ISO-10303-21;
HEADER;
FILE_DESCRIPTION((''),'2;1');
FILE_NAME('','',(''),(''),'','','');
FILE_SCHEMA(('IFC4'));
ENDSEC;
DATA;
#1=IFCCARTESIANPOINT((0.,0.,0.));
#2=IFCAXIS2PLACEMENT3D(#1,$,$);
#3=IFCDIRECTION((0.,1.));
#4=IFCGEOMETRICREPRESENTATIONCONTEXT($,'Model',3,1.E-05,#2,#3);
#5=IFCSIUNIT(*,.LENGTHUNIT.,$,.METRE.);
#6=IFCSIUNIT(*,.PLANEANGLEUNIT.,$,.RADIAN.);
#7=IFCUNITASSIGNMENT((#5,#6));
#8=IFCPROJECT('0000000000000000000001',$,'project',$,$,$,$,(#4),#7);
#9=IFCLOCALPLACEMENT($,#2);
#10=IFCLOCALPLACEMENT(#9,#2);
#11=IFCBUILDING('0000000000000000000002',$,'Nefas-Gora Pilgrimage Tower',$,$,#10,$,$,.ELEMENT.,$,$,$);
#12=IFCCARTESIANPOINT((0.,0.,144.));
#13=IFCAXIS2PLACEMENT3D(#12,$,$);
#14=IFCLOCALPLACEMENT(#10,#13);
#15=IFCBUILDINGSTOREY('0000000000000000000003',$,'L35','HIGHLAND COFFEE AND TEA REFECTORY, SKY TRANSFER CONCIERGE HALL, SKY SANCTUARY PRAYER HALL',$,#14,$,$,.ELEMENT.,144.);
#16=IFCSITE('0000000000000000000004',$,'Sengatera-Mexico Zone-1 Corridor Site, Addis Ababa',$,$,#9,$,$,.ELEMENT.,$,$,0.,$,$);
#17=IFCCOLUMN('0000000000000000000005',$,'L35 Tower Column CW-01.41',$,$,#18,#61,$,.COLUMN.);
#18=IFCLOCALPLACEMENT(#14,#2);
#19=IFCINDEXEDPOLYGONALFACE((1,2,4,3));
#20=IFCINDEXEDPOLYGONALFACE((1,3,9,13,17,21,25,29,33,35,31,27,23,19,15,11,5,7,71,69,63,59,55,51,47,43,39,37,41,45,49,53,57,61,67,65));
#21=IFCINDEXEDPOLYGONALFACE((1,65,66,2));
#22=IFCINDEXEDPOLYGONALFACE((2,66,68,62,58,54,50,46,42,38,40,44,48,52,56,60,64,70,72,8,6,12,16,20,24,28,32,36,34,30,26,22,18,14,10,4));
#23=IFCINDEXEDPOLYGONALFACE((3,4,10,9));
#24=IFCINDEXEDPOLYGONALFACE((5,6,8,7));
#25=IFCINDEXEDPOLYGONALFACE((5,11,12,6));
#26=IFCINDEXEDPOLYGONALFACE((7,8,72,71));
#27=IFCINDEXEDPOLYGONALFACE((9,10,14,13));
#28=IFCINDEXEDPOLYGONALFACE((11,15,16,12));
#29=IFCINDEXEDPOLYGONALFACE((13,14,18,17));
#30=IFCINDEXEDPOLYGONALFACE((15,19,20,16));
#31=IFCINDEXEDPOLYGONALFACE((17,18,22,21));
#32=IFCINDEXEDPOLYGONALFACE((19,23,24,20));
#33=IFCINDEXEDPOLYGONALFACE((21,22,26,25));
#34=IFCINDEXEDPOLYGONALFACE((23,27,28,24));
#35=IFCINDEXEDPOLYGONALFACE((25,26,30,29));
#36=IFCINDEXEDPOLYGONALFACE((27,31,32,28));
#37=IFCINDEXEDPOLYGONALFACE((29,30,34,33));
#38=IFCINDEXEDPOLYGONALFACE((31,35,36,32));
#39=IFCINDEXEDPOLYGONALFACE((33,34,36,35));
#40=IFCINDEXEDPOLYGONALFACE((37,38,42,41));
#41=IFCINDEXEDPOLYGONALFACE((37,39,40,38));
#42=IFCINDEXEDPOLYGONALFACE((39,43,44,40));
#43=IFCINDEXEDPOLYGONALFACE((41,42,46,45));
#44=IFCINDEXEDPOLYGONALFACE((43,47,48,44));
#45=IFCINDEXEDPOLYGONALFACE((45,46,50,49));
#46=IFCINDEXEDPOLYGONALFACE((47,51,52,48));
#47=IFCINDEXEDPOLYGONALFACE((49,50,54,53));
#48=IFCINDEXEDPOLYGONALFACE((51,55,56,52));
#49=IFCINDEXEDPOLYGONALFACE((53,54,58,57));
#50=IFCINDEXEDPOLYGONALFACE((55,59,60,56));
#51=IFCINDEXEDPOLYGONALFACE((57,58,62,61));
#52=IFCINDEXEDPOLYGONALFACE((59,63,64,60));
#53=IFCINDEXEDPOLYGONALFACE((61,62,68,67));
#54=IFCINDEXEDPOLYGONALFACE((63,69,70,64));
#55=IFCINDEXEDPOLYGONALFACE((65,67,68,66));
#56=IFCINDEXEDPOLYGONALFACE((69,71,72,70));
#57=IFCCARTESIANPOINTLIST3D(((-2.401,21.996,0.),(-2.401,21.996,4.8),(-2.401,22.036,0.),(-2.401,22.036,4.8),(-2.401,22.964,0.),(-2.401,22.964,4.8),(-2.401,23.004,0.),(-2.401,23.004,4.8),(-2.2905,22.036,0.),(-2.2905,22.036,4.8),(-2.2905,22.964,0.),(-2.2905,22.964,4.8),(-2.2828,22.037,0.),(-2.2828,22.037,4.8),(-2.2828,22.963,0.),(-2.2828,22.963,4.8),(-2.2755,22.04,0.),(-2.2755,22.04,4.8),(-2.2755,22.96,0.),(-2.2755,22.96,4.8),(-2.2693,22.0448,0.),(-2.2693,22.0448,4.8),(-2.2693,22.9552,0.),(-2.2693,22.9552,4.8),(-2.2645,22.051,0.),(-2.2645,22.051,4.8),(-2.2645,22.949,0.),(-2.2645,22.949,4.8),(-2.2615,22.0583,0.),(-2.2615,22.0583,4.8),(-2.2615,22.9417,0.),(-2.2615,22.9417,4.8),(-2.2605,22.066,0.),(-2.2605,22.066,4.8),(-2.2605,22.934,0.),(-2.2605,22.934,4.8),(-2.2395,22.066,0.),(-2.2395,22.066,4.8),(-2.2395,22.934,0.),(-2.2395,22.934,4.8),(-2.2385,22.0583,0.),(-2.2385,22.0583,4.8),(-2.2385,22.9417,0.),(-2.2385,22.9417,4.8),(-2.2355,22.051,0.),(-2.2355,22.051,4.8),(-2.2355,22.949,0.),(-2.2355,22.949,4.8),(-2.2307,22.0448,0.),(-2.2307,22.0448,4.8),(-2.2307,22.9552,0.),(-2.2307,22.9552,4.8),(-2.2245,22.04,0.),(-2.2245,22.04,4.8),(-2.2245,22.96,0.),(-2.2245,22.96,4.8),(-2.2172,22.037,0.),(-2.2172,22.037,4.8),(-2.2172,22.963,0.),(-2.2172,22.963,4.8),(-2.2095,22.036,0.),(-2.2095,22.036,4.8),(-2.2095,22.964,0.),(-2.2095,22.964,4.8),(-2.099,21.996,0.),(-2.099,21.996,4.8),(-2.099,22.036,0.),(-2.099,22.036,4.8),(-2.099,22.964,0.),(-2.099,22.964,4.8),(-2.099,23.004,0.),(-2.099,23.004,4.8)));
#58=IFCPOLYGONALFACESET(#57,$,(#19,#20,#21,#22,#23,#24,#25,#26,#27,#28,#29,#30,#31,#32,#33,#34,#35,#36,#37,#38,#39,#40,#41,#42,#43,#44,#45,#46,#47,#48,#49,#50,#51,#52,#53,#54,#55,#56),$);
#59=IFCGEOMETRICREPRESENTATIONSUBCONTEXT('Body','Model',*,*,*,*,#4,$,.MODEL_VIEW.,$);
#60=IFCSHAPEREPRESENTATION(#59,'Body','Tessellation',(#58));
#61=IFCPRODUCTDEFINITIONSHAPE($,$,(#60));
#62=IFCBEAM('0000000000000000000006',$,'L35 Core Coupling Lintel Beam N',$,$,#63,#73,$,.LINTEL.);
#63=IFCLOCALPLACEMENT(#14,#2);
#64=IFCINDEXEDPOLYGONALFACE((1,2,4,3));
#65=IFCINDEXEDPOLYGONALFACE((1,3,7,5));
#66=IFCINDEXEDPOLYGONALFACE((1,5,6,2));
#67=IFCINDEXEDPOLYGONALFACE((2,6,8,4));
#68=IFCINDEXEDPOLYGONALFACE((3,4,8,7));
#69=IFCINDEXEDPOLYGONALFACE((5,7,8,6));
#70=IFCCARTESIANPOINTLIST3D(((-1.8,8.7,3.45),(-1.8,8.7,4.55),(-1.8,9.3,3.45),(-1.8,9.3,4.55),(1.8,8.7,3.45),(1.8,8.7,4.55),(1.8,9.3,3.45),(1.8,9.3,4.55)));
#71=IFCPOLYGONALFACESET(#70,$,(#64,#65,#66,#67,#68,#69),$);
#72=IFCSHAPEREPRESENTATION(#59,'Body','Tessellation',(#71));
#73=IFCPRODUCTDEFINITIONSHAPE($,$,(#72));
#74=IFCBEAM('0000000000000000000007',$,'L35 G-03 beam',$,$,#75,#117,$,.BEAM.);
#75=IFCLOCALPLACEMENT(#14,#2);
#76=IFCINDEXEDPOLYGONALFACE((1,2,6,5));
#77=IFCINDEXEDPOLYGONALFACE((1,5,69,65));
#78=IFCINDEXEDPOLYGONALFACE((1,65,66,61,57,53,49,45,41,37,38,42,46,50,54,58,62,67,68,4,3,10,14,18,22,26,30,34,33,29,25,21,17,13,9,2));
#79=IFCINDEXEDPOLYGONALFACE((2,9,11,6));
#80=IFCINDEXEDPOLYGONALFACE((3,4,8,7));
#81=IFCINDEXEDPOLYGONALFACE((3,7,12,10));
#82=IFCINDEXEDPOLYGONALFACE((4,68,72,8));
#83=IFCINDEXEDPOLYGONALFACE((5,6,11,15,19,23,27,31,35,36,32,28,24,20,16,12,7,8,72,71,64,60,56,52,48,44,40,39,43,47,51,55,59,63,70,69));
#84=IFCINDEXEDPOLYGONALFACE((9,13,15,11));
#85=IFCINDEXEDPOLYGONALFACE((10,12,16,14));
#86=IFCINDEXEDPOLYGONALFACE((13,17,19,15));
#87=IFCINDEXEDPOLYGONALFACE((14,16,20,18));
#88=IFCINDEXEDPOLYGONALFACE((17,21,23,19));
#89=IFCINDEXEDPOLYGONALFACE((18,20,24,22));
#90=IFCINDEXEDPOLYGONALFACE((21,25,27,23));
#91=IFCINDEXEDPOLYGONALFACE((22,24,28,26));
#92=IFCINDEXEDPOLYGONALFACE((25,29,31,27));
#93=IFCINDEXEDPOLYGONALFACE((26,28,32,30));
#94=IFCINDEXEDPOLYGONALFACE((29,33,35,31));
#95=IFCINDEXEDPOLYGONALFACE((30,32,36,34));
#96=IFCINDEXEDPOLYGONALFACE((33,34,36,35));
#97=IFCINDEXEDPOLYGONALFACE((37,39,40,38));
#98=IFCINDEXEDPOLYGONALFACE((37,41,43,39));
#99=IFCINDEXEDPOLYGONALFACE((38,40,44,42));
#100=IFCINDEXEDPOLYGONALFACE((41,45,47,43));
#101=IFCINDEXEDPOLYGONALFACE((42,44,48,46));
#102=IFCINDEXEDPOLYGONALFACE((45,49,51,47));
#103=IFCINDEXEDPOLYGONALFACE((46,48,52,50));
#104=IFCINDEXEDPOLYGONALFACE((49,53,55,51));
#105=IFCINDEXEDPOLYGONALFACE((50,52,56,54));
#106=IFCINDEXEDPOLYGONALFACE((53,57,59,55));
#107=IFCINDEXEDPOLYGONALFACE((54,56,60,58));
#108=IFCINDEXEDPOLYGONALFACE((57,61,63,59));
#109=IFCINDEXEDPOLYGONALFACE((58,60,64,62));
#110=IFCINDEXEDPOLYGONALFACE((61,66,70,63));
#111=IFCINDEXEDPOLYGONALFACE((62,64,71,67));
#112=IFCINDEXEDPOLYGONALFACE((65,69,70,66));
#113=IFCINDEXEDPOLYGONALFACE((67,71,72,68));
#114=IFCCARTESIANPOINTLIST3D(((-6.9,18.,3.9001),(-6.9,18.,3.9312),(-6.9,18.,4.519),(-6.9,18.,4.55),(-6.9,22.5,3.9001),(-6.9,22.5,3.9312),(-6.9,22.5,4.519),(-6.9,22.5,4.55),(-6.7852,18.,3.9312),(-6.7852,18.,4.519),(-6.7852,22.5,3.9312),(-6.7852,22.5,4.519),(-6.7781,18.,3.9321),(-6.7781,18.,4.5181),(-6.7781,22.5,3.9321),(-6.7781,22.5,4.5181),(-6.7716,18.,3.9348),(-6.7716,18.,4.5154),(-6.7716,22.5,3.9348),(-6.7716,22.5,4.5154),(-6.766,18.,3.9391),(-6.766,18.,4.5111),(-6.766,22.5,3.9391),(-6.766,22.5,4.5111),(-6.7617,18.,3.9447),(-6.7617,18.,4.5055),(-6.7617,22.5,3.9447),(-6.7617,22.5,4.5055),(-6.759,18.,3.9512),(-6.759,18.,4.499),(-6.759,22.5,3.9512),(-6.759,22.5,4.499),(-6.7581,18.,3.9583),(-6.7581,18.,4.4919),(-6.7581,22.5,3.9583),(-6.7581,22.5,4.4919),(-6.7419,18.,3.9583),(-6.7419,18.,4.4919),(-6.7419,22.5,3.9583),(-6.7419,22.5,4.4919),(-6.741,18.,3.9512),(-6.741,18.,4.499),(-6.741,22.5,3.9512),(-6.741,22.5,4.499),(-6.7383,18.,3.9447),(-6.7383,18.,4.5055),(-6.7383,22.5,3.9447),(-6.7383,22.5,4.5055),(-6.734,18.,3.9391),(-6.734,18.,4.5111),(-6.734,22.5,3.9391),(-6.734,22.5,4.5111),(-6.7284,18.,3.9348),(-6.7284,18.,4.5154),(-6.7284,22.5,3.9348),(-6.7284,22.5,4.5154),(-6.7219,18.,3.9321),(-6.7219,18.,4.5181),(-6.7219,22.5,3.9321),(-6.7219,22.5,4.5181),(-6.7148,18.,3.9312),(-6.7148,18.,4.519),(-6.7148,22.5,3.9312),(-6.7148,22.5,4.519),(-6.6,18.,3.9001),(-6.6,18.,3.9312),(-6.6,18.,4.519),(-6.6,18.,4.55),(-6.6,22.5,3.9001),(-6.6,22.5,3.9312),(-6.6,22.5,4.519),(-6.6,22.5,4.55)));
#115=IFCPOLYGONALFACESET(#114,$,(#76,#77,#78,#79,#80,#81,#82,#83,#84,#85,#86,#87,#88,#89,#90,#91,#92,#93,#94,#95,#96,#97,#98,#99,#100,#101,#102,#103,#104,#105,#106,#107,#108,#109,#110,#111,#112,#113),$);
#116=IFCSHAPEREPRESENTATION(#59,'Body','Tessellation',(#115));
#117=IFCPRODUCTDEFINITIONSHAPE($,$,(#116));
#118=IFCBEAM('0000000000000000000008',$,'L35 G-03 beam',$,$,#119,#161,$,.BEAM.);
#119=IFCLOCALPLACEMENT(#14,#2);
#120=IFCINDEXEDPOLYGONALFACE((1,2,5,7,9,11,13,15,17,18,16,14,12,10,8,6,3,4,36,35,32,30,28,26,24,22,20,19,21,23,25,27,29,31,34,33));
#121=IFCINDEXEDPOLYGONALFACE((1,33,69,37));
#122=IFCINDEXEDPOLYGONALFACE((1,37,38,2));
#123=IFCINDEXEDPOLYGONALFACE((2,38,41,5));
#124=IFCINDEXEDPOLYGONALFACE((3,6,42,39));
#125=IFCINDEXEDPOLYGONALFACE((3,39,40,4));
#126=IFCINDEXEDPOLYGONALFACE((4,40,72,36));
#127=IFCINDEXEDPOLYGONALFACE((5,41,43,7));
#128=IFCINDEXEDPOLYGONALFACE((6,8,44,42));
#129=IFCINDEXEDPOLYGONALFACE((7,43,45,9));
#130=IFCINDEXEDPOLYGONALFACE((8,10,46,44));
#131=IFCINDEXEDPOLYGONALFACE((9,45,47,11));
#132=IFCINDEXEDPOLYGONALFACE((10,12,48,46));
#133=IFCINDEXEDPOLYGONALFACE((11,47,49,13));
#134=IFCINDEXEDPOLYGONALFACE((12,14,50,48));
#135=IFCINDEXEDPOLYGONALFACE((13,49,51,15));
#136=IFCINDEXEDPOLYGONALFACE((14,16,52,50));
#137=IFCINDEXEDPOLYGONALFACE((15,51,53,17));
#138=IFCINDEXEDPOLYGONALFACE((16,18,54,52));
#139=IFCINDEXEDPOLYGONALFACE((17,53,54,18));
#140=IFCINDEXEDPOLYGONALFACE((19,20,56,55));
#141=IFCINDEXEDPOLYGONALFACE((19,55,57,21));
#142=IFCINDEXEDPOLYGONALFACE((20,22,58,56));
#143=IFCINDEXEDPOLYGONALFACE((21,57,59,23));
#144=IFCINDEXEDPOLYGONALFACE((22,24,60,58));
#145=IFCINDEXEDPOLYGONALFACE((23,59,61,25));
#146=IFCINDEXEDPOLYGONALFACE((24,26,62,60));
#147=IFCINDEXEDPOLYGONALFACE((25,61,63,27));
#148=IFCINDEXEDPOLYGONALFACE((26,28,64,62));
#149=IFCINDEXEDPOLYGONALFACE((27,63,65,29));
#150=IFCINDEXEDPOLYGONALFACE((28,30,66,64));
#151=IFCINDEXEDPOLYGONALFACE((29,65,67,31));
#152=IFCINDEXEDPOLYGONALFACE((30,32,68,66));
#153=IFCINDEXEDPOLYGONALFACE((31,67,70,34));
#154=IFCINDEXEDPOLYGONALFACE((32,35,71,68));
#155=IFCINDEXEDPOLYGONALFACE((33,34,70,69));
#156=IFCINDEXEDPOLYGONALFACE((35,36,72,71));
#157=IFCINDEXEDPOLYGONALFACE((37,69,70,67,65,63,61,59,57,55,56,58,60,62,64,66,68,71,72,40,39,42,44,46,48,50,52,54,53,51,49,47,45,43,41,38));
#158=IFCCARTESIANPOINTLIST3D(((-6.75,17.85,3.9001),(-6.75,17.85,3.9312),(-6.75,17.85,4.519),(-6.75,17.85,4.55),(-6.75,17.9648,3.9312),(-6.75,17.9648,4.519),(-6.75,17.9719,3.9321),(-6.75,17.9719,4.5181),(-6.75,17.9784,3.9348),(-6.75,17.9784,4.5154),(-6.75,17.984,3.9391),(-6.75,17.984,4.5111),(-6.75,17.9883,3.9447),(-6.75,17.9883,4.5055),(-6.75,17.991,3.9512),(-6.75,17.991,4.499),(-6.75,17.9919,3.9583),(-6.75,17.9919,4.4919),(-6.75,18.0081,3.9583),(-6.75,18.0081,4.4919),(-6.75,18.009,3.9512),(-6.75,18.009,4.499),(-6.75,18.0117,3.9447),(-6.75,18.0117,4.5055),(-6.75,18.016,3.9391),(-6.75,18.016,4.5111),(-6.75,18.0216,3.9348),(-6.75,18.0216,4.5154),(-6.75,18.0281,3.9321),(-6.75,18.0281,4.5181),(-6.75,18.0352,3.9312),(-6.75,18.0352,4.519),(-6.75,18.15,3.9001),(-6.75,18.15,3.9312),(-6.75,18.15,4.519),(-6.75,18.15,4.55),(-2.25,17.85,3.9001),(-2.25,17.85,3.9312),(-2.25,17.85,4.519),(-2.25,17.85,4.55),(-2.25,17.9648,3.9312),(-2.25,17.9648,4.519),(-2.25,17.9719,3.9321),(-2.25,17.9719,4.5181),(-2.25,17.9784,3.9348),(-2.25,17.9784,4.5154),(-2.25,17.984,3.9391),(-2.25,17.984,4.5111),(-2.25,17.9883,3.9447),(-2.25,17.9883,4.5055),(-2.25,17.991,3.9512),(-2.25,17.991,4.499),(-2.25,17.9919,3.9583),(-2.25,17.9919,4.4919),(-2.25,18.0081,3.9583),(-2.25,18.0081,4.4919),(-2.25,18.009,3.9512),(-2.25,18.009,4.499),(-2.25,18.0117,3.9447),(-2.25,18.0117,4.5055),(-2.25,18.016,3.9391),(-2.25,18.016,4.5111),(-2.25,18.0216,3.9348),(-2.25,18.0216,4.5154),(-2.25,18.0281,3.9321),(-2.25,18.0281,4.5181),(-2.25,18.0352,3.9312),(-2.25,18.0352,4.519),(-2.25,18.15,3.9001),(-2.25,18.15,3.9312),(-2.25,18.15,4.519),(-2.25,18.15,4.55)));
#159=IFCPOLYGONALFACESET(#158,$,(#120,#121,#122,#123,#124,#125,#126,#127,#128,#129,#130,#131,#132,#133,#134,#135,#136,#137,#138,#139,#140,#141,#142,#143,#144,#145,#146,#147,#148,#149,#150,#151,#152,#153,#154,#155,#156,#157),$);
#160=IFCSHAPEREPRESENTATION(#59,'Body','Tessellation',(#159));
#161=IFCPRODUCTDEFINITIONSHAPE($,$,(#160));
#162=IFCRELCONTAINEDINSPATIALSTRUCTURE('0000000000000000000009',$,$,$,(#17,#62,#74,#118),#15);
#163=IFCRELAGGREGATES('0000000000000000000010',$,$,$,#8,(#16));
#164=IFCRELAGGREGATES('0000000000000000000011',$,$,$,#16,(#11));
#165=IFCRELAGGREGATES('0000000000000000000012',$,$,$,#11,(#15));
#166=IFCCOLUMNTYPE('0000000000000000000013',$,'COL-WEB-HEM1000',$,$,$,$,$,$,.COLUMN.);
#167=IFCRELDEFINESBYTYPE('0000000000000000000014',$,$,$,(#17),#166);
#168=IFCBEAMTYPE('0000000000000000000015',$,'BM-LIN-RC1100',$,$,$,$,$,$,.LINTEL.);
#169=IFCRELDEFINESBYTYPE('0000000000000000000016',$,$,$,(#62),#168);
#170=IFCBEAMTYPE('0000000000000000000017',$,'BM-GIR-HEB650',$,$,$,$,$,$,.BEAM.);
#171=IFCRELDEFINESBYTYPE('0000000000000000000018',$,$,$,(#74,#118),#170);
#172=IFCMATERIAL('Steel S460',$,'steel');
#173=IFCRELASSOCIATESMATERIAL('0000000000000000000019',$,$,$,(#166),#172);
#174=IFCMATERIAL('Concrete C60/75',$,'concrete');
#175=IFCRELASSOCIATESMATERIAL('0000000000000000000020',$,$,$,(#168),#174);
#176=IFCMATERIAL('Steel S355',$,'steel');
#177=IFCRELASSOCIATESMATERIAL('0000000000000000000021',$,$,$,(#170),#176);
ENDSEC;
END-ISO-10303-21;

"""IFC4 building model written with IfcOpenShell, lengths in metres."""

from ifc_helpers import new_model, si_unit, direction, frame, origin, origin_2d, place, context, subcontext, project, spatial, rectangle, i_section, extrude, source, transform, mapped, material, material_profile, profile_set, type_object, element, save


model = new_model("IFC4")

# Units and contexts
model_context = context("Model", 3, precision=1e-05, world=origin(), true_north=direction((0.0, 1.0)))
body_context = subcontext(model_context, "Body", "Model", "MODEL_VIEW")
ifc_project = project(units=[si_unit("LENGTHUNIT", "METRE"), si_unit("PLANEANGLEUNIT", "RADIAN")], contexts=[model_context])

# Site, building, storey
site_placement = place(None, origin())
site = spatial("IfcSite", under=ifc_project, at=site_placement, Name="Sengatera-Mexico Zone-1 Corridor Site, Addis Ababa", CompositionType="ELEMENT", RefElevation=0.0)
building_placement = place(site_placement, origin())
building = spatial("IfcBuilding", under=site, at=building_placement, Name="Nefas-Gora Pilgrimage Tower", CompositionType="ELEMENT")
storey_placement = place(building_placement, frame((0.0, 0.0, 144.0)))
storey = spatial("IfcBuildingStorey", under=building, at=storey_placement, Name="L35", Description="HIGHLAND COFFEE AND TEA REFECTORY, SKY TRANSFER CONCIERGE HALL, SKY SANCTUARY PRAYER HALL", CompositionType="ELEMENT", Elevation=144.0)

# Column
ifc_material_1 = material(Name="Steel S460", Category="steel")
ifc_material_profile_1 = material_profile(ifc_material_1, i_section(OverallWidth=0.302, OverallDepth=1.0081, WebThickness=0.021, FlangeThickness=0.04, FilletRadius=0.03, at=origin_2d()), Name="HEM 1000")
ifc_profile_set_1 = profile_set([ifc_material_profile_1], Name="Steel S460")
column_type_1 = type_object("IfcColumnType", Name="COL-WEB-HEM1000", PredefinedType="COLUMN", material=ifc_profile_set_1)
shared_shape_1 = source(origin(), body_context, "Body", "SweptSolid", [
    extrude(i_section(OverallWidth=0.302, OverallDepth=1.0081, WebThickness=0.021, FlangeThickness=0.04, FilletRadius=0.03, at=origin_2d()), origin(), (0.0, 0.0, 1.0), 4.8),
])
for number, where, z_axis, x_axis, name in (
    (1, (-2.25, 22.5, 0.0), (0.0, 0.0, 1.0), (1.0, 0.0, 0.0), "L35 Tower Column CW-01.41"),
):
    element("IfcColumn", number, at=place(storey_placement, frame(where, z_axis=z_axis, x_axis=x_axis)), inside=storey, type_object=column_type_1, Name=name, PredefinedType="COLUMN", context=body_context, shape_type="MappedRepresentation", body=[
        mapped(shared_shape_1, transform((0.0, 0.0, 0.0), x_axis=(1.0, 0.0, 0.0), y_axis=(0.0, 1.0, 0.0), z_axis=(0.0, 0.0, 1.0), scale=1.0)),
    ])

# Beams
ifc_material_2 = material(Name="Concrete C60/75", Category="concrete")
ifc_material_profile_2 = material_profile(ifc_material_2, rectangle(XDim=0.6001, YDim=1.1001, at=origin_2d()), Name="RC 600x1100")
ifc_profile_set_2 = profile_set([ifc_material_profile_2], Name="Concrete C60/75")
beam_type_1 = type_object("IfcBeamType", Name="BM-LIN-RC1100", PredefinedType="LINTEL", material=ifc_profile_set_2)
shared_shape_2 = source(origin(), body_context, "Body", "SweptSolid", [
    extrude(rectangle(XDim=0.6001, YDim=1.1001, at=origin_2d()), origin(), (0.0, 0.0, 1.0), 3.6001),
])
beam_placement = place(storey_placement, frame((-1.8, 9.0, 4.0), z_axis=(1.0, 0.0, 0.0), x_axis=(0.0, 1.0, 0.0)))
element("IfcBeam", 2, at=beam_placement, inside=storey, type_object=beam_type_1, Name="L35 Core Coupling Lintel Beam N", PredefinedType="LINTEL", context=body_context, shape_type="MappedRepresentation", body=[
    mapped(shared_shape_2, transform((0.0, 0.0, 0.0), x_axis=(1.0, 0.0, 0.0), y_axis=(0.0, 1.0, 0.0), z_axis=(0.0, 0.0, 1.0), scale=1.0)),
])
ifc_material_3 = material(Name="Steel S355", Category="steel")
ifc_material_profile_3 = material_profile(ifc_material_3, i_section(OverallWidth=0.3, OverallDepth=0.6499, WebThickness=0.0161, FlangeThickness=0.031, FilletRadius=0.0271, at=origin_2d()), Name="HEB 650")
ifc_profile_set_3 = profile_set([ifc_material_profile_3], Name="Steel S355")
beam_type_2 = type_object("IfcBeamType", Name="BM-GIR-HEB650", PredefinedType="BEAM", material=ifc_profile_set_3)
shared_shape_3 = source(origin(), body_context, "Body", "SweptSolid", [
    extrude(i_section(OverallWidth=0.3, OverallDepth=0.6499, WebThickness=0.0161, FlangeThickness=0.031, FilletRadius=0.0271, at=origin_2d()), origin(), (0.0, 0.0, 1.0), 4.5),
])
for number, where, z_axis, x_axis, name in (
    (3, (-6.75, 18.0, 4.2251), (0.0, 1.0, 0.0), (-1.0, 0.0, 0.0), "L35 G-03 beam"),
    (4, (-6.75, 18.0, 4.2251), (1.0, 0.0, 0.0), (0.0, 1.0, 0.0), "L35 G-03 beam"),
):
    element("IfcBeam", number, at=place(storey_placement, frame(where, z_axis=z_axis, x_axis=x_axis)), inside=storey, type_object=beam_type_2, Name=name, PredefinedType="BEAM", context=body_context, shape_type="MappedRepresentation", body=[
        mapped(shared_shape_3, transform((0.0, 0.0, 0.0), x_axis=(1.0, 0.0, 0.0), y_axis=(0.0, 1.0, 0.0), z_axis=(0.0, 0.0, 1.0), scale=1.0)),
    ])

save(model, "model.ifc")
